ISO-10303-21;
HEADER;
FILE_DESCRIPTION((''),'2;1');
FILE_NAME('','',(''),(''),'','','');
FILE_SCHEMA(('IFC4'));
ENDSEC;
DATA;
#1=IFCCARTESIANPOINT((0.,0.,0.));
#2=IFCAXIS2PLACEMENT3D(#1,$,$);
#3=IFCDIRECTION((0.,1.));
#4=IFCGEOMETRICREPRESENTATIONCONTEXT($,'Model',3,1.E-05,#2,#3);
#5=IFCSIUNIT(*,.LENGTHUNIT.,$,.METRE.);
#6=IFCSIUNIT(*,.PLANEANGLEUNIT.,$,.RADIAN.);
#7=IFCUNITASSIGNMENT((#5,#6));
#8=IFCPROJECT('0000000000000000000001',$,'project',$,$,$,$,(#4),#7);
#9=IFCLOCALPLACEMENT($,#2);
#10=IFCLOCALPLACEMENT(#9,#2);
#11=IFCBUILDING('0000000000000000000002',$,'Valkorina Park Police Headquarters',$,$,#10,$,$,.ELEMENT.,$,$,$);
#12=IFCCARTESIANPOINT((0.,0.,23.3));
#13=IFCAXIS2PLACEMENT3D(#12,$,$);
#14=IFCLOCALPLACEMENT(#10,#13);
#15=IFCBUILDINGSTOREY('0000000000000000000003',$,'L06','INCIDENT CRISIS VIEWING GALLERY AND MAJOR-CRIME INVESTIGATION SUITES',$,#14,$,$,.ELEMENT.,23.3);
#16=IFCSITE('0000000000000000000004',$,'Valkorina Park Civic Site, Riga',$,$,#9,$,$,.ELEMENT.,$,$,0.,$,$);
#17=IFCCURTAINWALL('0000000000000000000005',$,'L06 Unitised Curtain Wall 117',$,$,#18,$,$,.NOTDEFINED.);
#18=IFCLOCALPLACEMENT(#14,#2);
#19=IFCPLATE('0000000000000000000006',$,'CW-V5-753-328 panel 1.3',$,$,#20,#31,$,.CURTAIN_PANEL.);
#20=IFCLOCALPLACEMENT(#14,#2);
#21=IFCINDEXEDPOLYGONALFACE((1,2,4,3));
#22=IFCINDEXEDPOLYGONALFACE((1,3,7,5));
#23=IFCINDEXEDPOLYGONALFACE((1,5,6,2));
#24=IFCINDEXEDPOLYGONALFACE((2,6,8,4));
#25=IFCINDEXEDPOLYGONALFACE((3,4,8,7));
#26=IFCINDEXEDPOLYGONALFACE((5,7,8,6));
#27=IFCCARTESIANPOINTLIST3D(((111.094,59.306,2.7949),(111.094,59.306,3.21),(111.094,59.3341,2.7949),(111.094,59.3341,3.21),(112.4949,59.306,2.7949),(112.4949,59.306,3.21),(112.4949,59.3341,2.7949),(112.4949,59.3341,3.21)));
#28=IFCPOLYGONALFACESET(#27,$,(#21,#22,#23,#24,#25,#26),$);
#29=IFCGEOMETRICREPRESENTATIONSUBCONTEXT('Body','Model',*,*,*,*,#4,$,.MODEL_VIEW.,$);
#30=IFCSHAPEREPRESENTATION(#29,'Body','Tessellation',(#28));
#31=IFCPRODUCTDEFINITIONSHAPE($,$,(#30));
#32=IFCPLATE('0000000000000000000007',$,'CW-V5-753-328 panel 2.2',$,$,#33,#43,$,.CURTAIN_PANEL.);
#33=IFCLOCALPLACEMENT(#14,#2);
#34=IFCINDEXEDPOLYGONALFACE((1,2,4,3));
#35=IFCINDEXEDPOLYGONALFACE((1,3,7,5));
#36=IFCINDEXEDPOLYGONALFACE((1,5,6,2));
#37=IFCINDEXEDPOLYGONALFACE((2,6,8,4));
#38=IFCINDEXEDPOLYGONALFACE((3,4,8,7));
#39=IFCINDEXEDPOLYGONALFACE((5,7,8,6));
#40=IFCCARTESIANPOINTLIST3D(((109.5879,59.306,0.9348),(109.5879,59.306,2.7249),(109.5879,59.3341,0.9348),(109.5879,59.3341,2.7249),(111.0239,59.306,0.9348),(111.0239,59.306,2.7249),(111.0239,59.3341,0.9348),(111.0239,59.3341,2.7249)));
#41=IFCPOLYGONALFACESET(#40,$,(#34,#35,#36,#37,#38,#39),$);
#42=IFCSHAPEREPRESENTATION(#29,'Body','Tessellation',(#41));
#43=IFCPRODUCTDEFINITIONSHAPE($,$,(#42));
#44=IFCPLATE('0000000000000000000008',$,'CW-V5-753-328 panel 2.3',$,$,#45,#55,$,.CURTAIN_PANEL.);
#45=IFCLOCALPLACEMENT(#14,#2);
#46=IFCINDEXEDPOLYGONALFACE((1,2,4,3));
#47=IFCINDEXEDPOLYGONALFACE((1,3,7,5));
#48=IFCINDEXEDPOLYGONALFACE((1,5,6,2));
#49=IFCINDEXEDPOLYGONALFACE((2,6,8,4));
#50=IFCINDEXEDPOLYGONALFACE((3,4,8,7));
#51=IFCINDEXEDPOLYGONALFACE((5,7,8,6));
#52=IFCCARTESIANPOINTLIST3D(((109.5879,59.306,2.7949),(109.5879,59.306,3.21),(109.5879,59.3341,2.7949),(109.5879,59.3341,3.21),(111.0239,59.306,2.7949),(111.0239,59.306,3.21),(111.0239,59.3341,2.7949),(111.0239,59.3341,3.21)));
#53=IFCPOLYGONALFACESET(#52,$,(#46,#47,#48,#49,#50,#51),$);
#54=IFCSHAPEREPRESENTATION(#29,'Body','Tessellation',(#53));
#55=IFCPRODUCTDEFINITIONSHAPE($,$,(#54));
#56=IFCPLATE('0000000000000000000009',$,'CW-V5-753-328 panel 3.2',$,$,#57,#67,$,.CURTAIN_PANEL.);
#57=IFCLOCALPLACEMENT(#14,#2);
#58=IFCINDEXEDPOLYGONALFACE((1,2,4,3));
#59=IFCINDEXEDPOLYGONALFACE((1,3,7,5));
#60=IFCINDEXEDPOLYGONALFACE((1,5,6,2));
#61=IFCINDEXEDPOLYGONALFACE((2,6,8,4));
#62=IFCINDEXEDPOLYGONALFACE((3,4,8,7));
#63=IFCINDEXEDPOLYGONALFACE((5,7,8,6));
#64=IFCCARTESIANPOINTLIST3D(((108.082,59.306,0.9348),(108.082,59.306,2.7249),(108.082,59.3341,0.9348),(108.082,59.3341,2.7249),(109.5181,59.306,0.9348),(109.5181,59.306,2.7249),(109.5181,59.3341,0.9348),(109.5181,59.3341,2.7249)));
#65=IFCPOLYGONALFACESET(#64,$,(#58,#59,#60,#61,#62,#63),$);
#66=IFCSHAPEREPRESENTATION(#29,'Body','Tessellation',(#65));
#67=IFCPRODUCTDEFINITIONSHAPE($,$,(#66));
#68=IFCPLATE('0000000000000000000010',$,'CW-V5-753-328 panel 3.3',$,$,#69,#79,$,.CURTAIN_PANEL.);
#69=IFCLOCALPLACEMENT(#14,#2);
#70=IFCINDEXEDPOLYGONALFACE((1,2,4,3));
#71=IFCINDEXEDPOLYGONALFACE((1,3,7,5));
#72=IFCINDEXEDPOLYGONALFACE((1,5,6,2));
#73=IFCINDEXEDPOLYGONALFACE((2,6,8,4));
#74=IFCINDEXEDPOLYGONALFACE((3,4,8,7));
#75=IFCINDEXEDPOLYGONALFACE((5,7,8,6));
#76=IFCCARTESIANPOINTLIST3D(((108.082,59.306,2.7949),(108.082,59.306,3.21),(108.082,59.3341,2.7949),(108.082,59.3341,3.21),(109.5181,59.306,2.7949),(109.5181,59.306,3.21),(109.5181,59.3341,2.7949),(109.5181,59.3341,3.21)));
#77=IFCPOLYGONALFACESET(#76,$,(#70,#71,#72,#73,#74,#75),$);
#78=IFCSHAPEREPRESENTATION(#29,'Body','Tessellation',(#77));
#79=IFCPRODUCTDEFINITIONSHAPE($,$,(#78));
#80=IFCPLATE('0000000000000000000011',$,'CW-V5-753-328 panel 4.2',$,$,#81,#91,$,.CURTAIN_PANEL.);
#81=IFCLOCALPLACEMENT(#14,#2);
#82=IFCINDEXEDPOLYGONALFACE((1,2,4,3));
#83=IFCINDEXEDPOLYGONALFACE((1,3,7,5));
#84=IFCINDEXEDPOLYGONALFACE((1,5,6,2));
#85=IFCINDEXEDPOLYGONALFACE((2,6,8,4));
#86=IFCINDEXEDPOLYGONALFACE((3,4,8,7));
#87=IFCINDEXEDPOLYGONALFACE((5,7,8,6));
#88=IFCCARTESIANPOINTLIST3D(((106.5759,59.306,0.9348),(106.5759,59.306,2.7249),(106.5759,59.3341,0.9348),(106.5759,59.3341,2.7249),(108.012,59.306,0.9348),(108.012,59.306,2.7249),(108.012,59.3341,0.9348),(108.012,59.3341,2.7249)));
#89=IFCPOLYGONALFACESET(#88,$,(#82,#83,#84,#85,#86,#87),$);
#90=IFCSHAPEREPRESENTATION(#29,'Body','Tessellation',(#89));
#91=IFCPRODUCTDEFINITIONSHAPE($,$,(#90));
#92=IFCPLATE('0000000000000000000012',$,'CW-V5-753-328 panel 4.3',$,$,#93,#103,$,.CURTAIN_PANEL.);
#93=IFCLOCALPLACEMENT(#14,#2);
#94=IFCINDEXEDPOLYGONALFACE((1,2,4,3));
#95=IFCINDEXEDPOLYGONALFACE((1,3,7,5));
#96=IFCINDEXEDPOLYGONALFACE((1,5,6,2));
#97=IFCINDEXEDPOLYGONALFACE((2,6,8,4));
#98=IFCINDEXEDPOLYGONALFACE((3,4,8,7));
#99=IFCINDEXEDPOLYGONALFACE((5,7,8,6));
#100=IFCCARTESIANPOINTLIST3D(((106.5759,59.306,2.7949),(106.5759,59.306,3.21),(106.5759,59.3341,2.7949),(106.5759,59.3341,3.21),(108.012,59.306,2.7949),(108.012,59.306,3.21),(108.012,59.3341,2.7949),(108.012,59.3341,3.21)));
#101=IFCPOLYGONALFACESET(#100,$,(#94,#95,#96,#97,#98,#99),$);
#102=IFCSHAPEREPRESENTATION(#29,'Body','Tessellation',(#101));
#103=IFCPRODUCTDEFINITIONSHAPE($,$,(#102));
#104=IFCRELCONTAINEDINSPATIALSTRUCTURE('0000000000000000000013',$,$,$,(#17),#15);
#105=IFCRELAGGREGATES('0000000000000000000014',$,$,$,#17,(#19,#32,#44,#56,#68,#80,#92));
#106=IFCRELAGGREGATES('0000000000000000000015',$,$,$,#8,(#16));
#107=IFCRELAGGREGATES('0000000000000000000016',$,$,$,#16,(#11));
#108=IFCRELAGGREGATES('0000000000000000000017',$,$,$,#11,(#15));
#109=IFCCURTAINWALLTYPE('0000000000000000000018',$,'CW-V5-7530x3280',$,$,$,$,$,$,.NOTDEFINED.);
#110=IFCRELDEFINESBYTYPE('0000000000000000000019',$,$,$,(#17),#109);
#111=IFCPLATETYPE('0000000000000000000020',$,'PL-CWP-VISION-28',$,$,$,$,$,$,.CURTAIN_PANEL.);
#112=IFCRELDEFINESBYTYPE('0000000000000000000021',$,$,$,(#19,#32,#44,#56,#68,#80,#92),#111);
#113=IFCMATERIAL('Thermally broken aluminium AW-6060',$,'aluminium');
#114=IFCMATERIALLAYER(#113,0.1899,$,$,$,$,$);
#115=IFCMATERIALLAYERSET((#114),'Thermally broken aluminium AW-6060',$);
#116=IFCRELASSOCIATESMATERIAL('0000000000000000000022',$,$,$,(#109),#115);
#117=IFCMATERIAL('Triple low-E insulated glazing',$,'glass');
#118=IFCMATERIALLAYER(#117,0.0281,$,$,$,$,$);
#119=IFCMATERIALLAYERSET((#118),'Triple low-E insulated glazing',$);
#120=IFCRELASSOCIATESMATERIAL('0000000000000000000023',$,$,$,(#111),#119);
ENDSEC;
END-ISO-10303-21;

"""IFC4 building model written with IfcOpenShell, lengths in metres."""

from ifc_helpers import new_model, si_unit, direction, frame, origin, origin_2d, place, context, subcontext, project, spatial, rectangle, extrude, material, layer, layer_set, type_object, element, aggregate, save


model = new_model("IFC4")

# Units and contexts
model_context = context("Model", 3, precision=1e-05, world=origin(), true_north=direction((0.0, 1.0)))
body_context = subcontext(model_context, "Body", "Model", "MODEL_VIEW")
ifc_project = project(units=[si_unit("LENGTHUNIT", "METRE"), si_unit("PLANEANGLEUNIT", "RADIAN")], contexts=[model_context])

# Site, building, storey
site_placement = place(None, origin())
site = spatial("IfcSite", under=ifc_project, at=site_placement, Name="Valkorina Park Civic Site, Riga", CompositionType="ELEMENT", RefElevation=0.0)
building_placement = place(site_placement, origin())
building = spatial("IfcBuilding", under=site, at=building_placement, Name="Valkorina Park Police Headquarters", CompositionType="ELEMENT")
storey_placement = place(building_placement, frame((0.0, 0.0, 23.3)))
storey = spatial("IfcBuildingStorey", under=building, at=storey_placement, Name="L06", Description="INCIDENT CRISIS VIEWING GALLERY AND MAJOR-CRIME INVESTIGATION SUITES", CompositionType="ELEMENT", Elevation=23.3)

# Shared definitions
ifc_material_1 = material(Name="Thermally broken aluminium AW-6060", Category="aluminium")

# Curtain wall
ifc_layer_1 = layer(ifc_material_1, 0.1899)
ifc_layer_set_1 = layer_set([ifc_layer_1], Name="Thermally broken aluminium AW-6060")
curtain_wall_type_1 = type_object("IfcCurtainWallType", Name="CW-V5-7530x3280", PredefinedType="NOTDEFINED", material=ifc_layer_set_1)
curtain_wall_1_placement = place(storey_placement, origin())
curtain_wall_1 = element("IfcCurtainWall", 1, at=curtain_wall_1_placement, inside=storey, type_object=curtain_wall_type_1, Name="L06 Unitised Curtain Wall 117", PredefinedType="NOTDEFINED")

# Plates
ifc_material_2 = material(Name="Triple low-E insulated glazing", Category="glass")
ifc_layer_2 = layer(ifc_material_2, 0.0281)
ifc_layer_set_2 = layer_set([ifc_layer_2], Name="Triple low-E insulated glazing")
plate_type_1 = type_object("IfcPlateType", Name="PL-CWP-VISION-28", PredefinedType="CURTAIN_PANEL", material=ifc_layer_set_2)
plate_1_placement = place(storey_placement, frame((111.7944, 59.3201, 2.7949), z_axis=(0.0, 0.0, 1.0), x_axis=(-1.0, 0.0, 0.0)))
plate_1 = element("IfcPlate", 2, at=plate_1_placement, type_object=plate_type_1, Name="CW-V5-753-328 panel 1.3", PredefinedType="CURTAIN_PANEL", context=body_context, shape_type="SweptSolid", body=[
    extrude(rectangle(XDim=1.4009, YDim=0.0281, at=origin_2d()), origin(), (0.0, 0.0, 1.0), 0.415),
])
plate_2_placement = place(storey_placement, frame((110.3059, 59.3201, 0.9348), z_axis=(0.0, 0.0, 1.0), x_axis=(-1.0, 0.0, 0.0)))
plate_2 = element("IfcPlate", 3, at=plate_2_placement, type_object=plate_type_1, Name="CW-V5-753-328 panel 2.2", PredefinedType="CURTAIN_PANEL", context=body_context, shape_type="SweptSolid", body=[
    extrude(rectangle(XDim=1.436, YDim=0.0281, at=origin_2d()), origin(), (0.0, 0.0, 1.0), 1.79),
])
plate_3_placement = place(storey_placement, frame((110.3059, 59.3201, 2.7949), z_axis=(0.0, 0.0, 1.0), x_axis=(-1.0, 0.0, 0.0)))
plate_3 = element("IfcPlate", 4, at=plate_3_placement, type_object=plate_type_1, Name="CW-V5-753-328 panel 2.3", PredefinedType="CURTAIN_PANEL", context=body_context, shape_type="SweptSolid", body=[
    extrude(rectangle(XDim=1.436, YDim=0.0281, at=origin_2d()), origin(), (0.0, 0.0, 1.0), 0.415),
])
plate_4_placement = place(storey_placement, frame((108.8, 59.3201, 0.9348), z_axis=(0.0, 0.0, 1.0), x_axis=(-1.0, 0.0, 0.0)))
plate_4 = element("IfcPlate", 5, at=plate_4_placement, type_object=plate_type_1, Name="CW-V5-753-328 panel 3.2", PredefinedType="CURTAIN_PANEL", context=body_context, shape_type="SweptSolid", body=[
    extrude(rectangle(XDim=1.436, YDim=0.0281, at=origin_2d()), origin(), (0.0, 0.0, 1.0), 1.79),
])
plate_5_placement = place(storey_placement, frame((108.8, 59.3201, 2.7949), z_axis=(0.0, 0.0, 1.0), x_axis=(-1.0, 0.0, 0.0)))
plate_5 = element("IfcPlate", 6, at=plate_5_placement, type_object=plate_type_1, Name="CW-V5-753-328 panel 3.3", PredefinedType="CURTAIN_PANEL", context=body_context, shape_type="SweptSolid", body=[
    extrude(rectangle(XDim=1.436, YDim=0.0281, at=origin_2d()), origin(), (0.0, 0.0, 1.0), 0.415),
])
plate_6_placement = place(storey_placement, frame((107.2939, 59.3201, 0.9348), z_axis=(0.0, 0.0, 1.0), x_axis=(-1.0, 0.0, 0.0)))
plate_6 = element("IfcPlate", 7, at=plate_6_placement, type_object=plate_type_1, Name="CW-V5-753-328 panel 4.2", PredefinedType="CURTAIN_PANEL", context=body_context, shape_type="SweptSolid", body=[
    extrude(rectangle(XDim=1.436, YDim=0.0281, at=origin_2d()), origin(), (0.0, 0.0, 1.0), 1.79),
])
plate_7_placement = place(storey_placement, frame((107.2939, 59.3201, 2.7949), z_axis=(0.0, 0.0, 1.0), x_axis=(-1.0, 0.0, 0.0)))
plate_7 = element("IfcPlate", 8, at=plate_7_placement, type_object=plate_type_1, Name="CW-V5-753-328 panel 4.3", PredefinedType="CURTAIN_PANEL", context=body_context, shape_type="SweptSolid", body=[
    extrude(rectangle(XDim=1.436, YDim=0.0281, at=origin_2d()), origin(), (0.0, 0.0, 1.0), 0.415),
])
aggregate(curtain_wall_1, [plate_1, plate_2, plate_3, plate_4, plate_5, plate_6, plate_7])

save(model, "model.ifc")
